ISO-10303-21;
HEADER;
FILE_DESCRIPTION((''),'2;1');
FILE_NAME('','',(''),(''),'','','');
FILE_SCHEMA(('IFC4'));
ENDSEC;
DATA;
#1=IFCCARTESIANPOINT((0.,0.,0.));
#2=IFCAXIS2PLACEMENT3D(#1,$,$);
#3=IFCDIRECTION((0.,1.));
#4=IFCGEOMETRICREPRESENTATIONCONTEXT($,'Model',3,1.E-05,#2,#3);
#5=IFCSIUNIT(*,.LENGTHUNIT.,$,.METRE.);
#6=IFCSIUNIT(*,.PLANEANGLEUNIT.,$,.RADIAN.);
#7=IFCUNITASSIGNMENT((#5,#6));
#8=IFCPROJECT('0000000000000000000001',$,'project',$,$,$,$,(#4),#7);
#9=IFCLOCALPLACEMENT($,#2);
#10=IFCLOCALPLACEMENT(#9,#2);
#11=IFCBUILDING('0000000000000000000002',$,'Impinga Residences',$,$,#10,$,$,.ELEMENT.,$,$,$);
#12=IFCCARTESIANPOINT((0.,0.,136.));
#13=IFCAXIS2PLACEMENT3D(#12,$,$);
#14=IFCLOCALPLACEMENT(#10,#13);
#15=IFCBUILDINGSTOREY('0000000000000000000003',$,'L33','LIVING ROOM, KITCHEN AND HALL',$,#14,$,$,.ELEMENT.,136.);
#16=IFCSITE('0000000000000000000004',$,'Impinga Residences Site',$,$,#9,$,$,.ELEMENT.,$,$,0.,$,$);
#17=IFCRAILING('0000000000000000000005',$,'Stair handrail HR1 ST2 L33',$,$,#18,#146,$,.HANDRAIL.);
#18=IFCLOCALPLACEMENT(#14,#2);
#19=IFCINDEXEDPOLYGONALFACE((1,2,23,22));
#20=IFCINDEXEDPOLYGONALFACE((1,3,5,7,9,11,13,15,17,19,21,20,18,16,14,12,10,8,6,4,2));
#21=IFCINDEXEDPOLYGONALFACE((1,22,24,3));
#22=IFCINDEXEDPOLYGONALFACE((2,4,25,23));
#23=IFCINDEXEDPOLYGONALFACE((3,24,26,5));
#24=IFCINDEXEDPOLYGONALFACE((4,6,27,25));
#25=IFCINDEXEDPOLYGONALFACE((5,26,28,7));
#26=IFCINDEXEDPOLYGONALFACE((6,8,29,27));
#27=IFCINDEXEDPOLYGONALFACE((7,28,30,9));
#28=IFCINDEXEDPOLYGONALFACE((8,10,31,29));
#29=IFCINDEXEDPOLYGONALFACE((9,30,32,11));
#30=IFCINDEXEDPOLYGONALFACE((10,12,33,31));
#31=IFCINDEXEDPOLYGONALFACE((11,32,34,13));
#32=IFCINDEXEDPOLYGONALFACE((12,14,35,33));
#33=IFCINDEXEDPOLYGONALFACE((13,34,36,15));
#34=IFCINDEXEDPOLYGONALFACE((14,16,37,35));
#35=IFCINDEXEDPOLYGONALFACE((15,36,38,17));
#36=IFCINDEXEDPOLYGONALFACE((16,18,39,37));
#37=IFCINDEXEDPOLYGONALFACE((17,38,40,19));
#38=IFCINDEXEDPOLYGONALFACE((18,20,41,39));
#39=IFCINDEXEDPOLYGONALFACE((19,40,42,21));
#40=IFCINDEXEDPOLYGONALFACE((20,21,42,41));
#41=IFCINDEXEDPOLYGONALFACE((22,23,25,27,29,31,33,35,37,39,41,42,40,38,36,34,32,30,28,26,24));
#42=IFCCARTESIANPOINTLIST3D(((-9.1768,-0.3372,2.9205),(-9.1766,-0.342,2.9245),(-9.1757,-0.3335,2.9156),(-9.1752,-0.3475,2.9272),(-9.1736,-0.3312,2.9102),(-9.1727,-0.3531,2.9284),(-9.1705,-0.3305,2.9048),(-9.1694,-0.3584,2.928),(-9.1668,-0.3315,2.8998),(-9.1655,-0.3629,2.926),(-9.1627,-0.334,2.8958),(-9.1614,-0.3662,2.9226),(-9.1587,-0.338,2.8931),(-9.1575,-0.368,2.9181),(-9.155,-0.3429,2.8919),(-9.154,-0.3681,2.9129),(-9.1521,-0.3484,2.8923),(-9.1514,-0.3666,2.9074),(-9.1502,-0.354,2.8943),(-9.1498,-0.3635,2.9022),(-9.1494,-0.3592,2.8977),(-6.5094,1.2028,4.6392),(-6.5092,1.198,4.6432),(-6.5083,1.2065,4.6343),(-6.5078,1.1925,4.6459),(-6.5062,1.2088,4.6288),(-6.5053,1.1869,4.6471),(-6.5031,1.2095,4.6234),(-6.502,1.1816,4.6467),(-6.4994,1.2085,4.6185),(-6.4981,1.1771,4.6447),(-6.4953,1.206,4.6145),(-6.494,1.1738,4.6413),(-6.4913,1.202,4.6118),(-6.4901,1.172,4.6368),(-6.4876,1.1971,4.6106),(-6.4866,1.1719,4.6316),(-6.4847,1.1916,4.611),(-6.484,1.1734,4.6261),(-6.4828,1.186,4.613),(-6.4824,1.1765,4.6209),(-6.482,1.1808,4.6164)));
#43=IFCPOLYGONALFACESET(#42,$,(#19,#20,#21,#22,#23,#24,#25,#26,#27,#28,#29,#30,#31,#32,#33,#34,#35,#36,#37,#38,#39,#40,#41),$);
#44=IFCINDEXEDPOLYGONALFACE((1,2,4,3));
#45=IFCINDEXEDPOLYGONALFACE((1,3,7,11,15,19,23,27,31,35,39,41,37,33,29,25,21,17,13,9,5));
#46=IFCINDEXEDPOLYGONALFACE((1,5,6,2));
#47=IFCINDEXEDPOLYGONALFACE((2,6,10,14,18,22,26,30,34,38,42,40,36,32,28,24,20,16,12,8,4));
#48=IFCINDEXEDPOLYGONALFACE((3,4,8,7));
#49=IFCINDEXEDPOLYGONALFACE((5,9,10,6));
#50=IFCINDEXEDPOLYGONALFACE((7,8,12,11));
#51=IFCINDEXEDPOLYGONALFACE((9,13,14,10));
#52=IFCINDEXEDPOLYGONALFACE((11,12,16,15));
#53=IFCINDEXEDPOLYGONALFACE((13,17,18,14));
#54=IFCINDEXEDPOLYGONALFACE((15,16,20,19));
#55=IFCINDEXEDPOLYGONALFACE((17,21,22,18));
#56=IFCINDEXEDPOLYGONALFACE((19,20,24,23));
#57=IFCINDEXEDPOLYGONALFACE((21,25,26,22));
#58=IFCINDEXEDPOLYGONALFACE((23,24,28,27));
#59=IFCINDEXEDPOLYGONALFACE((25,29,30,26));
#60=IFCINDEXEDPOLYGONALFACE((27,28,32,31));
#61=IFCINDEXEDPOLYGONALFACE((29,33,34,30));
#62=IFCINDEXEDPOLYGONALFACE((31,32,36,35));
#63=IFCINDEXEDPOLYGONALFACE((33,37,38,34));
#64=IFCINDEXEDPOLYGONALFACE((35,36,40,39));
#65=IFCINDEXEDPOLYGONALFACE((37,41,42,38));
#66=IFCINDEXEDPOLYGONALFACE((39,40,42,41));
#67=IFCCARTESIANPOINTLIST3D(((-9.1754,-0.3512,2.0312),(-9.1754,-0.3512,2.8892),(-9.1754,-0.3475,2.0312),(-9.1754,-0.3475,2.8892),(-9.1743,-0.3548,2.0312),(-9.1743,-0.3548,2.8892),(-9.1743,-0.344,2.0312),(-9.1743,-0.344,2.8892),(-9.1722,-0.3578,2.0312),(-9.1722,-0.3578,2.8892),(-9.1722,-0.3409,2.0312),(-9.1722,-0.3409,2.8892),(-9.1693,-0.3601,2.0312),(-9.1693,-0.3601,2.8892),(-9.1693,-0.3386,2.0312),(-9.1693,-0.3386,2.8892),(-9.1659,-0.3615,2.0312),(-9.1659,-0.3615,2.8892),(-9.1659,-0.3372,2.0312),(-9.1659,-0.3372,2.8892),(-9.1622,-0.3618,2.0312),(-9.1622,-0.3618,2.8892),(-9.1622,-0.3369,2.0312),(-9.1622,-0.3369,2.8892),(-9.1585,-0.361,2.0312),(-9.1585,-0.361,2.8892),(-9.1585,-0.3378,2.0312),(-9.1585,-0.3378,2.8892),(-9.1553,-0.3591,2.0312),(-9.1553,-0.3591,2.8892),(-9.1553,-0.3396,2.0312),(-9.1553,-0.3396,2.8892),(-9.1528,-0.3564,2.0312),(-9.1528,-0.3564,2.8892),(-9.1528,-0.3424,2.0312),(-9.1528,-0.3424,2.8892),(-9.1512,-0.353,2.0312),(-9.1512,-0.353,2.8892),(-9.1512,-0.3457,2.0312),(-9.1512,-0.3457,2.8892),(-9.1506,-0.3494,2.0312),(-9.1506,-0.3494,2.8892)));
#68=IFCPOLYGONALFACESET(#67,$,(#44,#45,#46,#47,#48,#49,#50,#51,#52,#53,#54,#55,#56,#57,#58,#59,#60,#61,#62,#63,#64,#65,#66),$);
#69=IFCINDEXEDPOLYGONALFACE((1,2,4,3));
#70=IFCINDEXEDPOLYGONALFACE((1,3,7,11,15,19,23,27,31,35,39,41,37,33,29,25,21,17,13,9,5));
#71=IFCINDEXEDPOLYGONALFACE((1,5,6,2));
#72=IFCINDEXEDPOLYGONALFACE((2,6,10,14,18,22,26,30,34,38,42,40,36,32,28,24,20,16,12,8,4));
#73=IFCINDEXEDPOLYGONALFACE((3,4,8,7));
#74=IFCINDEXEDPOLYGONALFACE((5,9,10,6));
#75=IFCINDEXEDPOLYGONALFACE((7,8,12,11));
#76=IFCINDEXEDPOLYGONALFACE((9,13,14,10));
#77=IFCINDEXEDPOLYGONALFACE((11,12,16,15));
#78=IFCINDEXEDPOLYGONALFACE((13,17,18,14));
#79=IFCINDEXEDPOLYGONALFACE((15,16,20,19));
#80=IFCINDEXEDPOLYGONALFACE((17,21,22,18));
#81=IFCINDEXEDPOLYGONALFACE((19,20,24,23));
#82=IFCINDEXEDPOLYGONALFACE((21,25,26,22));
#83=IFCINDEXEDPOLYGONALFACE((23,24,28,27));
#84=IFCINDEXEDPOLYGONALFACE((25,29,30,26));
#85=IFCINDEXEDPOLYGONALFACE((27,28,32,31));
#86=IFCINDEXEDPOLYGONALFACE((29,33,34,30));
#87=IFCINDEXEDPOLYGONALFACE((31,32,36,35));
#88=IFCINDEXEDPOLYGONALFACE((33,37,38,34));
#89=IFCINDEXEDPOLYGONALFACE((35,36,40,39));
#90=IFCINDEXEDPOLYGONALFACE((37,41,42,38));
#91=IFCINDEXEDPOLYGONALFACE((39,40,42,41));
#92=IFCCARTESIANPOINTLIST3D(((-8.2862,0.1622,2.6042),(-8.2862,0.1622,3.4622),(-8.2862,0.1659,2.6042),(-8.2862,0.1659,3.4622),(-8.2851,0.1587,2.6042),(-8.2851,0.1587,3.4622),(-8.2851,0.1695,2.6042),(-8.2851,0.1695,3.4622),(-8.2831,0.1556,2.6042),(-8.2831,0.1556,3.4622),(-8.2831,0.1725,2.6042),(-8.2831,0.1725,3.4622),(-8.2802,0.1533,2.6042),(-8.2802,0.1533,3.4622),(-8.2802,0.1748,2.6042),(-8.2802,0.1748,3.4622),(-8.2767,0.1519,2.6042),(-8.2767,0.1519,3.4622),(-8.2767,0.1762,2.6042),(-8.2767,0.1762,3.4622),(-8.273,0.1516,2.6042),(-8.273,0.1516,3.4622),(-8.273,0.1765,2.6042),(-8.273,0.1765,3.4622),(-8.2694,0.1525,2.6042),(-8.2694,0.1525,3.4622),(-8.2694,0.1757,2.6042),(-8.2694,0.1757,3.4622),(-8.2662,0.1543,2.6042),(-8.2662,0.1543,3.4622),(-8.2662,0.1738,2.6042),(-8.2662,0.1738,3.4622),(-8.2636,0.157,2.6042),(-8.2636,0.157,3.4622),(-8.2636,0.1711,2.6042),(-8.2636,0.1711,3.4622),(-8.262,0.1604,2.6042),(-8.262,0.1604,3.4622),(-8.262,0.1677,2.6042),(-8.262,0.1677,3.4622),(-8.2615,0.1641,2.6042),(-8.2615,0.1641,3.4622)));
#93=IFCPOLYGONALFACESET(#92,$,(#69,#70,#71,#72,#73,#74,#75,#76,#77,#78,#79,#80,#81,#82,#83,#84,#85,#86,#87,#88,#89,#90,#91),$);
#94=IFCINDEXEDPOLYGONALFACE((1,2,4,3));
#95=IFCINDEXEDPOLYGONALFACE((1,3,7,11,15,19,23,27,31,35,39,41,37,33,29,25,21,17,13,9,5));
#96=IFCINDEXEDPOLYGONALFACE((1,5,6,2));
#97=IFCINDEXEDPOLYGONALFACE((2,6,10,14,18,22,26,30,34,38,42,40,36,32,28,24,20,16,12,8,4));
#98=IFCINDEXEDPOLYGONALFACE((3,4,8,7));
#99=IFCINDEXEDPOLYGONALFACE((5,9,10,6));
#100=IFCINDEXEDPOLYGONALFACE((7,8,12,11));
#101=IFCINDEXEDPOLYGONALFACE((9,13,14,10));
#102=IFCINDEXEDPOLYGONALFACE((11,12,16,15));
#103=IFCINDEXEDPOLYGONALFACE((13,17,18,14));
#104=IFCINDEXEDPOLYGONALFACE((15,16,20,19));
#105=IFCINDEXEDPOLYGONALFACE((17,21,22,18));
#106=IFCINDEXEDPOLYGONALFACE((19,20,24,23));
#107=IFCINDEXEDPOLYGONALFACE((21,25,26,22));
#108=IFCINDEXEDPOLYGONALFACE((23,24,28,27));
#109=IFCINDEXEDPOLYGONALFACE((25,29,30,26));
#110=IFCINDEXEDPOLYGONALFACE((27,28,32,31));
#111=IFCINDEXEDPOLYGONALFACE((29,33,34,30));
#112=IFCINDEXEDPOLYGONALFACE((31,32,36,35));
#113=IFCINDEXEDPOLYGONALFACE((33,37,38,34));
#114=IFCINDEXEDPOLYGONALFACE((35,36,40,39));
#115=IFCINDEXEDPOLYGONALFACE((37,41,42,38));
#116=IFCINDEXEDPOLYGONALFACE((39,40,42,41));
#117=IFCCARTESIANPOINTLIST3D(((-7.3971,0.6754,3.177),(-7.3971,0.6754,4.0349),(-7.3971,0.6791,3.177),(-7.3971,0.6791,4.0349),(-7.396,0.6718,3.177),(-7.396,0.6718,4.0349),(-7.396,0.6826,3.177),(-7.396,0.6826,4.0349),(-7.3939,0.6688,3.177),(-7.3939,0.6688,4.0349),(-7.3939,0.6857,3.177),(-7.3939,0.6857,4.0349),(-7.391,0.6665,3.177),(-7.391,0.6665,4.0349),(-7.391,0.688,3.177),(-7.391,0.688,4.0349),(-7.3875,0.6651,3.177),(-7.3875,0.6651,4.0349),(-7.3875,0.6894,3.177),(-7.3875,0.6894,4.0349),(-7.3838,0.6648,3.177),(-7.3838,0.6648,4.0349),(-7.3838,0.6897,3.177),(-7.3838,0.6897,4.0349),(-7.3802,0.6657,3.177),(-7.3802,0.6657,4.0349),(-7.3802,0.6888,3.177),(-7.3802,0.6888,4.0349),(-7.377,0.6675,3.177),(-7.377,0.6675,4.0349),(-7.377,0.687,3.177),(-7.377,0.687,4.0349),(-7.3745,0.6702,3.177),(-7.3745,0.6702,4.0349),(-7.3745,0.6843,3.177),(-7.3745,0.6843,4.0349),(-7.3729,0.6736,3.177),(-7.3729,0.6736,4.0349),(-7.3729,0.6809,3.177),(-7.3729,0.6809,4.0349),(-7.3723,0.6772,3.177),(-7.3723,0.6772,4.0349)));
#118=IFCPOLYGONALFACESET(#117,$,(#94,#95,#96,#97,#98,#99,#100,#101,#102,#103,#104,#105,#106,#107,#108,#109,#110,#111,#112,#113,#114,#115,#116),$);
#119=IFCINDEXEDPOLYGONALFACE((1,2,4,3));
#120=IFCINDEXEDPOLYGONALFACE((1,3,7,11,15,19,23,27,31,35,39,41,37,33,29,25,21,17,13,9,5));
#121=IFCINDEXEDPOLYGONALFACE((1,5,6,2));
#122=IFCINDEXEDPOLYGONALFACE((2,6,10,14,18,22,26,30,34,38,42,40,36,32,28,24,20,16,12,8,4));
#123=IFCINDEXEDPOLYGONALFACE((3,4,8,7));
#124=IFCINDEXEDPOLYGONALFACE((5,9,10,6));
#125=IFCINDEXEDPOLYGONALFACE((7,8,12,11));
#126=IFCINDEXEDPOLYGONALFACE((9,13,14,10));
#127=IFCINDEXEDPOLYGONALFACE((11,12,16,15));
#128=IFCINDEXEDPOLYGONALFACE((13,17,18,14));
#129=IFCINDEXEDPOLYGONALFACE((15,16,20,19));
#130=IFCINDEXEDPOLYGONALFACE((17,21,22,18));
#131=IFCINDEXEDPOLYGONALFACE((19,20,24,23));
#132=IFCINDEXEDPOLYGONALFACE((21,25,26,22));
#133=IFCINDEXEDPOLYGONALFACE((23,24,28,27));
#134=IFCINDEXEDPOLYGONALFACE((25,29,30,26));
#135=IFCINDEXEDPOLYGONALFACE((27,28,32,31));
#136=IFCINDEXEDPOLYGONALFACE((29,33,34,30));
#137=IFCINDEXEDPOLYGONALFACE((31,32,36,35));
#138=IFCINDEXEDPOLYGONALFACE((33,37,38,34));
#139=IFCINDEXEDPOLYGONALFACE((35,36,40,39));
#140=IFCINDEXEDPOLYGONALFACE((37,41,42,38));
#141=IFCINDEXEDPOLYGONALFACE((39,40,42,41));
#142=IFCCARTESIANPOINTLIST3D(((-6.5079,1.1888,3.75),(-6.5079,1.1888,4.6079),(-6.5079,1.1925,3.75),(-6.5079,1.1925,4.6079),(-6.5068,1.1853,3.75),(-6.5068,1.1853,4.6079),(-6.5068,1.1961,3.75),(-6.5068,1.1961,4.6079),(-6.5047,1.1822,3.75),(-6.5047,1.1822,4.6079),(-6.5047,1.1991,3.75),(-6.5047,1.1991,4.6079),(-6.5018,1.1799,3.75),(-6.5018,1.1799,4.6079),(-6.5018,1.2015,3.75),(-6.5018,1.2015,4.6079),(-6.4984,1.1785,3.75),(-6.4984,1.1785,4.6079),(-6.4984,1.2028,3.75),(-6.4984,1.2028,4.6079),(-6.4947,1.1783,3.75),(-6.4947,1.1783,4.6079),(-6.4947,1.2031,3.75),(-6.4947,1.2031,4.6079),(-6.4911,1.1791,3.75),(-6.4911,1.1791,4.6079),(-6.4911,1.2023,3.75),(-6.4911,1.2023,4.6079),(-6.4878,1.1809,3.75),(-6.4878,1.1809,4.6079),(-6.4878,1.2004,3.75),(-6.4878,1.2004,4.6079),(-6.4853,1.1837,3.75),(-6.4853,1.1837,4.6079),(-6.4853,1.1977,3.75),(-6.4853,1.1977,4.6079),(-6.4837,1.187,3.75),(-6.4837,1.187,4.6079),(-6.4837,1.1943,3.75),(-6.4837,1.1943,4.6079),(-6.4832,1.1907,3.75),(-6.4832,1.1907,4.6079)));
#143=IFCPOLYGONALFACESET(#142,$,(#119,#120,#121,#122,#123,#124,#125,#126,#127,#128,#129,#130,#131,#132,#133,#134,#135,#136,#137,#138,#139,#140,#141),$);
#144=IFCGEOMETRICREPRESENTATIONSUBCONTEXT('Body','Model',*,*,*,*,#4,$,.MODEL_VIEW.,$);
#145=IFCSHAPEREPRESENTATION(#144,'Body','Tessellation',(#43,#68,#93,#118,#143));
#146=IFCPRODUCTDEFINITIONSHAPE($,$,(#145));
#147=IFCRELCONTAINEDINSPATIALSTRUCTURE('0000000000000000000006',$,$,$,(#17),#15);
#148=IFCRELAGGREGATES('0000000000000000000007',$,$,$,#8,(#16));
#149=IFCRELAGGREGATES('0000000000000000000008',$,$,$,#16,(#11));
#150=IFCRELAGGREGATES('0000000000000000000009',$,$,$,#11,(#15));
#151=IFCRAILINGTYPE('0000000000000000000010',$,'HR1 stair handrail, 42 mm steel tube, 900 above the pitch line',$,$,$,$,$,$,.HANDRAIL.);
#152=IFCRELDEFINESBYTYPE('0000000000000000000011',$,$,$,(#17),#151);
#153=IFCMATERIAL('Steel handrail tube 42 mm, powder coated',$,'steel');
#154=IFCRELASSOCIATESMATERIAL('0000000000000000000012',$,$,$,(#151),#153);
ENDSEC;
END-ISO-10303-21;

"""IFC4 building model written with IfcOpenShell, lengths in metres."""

from ifc_helpers import new_model, si_unit, direction, frame, origin, origin_2d, place, context, subcontext, project, spatial, circle, extrude, material, type_object, element, save


model = new_model("IFC4")

# Units and contexts
model_context = context("Model", 3, precision=1e-05, world=origin(), true_north=direction((0.0, 1.0)))
body_context = subcontext(model_context, "Body", "Model", "MODEL_VIEW")
ifc_project = project(units=[si_unit("LENGTHUNIT", "METRE"), si_unit("PLANEANGLEUNIT", "RADIAN")], contexts=[model_context])

# Site, building, storey
site_placement = place(None, origin())
site = spatial("IfcSite", under=ifc_project, at=site_placement, Name="Impinga Residences Site", CompositionType="ELEMENT", RefElevation=0.0)
building_placement = place(site_placement, origin())
building = spatial("IfcBuilding", under=site, at=building_placement, Name="Impinga Residences", CompositionType="ELEMENT")
storey_placement = place(building_placement, frame((0.0, 0.0, 136.0)))
storey = spatial("IfcBuildingStorey", under=building, at=storey_placement, Name="L33", Description="LIVING ROOM, KITCHEN AND HALL", CompositionType="ELEMENT", Elevation=136.0)

# Railing
ifc_material_1 = material(Name="Steel handrail tube 42 mm, powder coated", Category="steel")
railing_type_1 = type_object("IfcRailingType", Name="HR1 stair handrail, 42 mm steel tube, 900 above the pitch line", PredefinedType="HANDRAIL", material=ifc_material_1)
railing_1_placement = place(storey_placement, frame((-9.1631, -0.3494, 2.0312)))
element("IfcRailing", 1, at=railing_1_placement, inside=storey, type_object=railing_type_1, Name="Stair handrail HR1 ST2 L33", PredefinedType="HANDRAIL", context=body_context, shape_type="SweptSolid", body=[
    extrude(circle(Radius=0.021, at=origin_2d()), frame((0.0, 0.0, 0.8789), z_axis=(0.756256, 0.436616, 0.487282), x_axis=(-0.499992, 0.86603, 0.0)), (0.0, 0.0, 1.0), 3.5271),
    extrude(circle(Radius=0.0125, at=origin_2d()), origin(), (0.0, 0.0, 1.0), 0.8579),
    extrude(circle(Radius=0.0125, at=origin_2d()), frame((0.8892, 0.5134, 0.573)), (0.0, 0.0, 1.0), 0.8579),
    extrude(circle(Radius=0.0125, at=origin_2d()), frame((1.7783, 1.0266, 1.1458)), (0.0, 0.0, 1.0), 0.8579),
    extrude(circle(Radius=0.0125, at=origin_2d()), frame((2.6675, 1.54, 1.7188)), (0.0, 0.0, 1.0), 0.8579),
])

save(model, "model.ifc")
